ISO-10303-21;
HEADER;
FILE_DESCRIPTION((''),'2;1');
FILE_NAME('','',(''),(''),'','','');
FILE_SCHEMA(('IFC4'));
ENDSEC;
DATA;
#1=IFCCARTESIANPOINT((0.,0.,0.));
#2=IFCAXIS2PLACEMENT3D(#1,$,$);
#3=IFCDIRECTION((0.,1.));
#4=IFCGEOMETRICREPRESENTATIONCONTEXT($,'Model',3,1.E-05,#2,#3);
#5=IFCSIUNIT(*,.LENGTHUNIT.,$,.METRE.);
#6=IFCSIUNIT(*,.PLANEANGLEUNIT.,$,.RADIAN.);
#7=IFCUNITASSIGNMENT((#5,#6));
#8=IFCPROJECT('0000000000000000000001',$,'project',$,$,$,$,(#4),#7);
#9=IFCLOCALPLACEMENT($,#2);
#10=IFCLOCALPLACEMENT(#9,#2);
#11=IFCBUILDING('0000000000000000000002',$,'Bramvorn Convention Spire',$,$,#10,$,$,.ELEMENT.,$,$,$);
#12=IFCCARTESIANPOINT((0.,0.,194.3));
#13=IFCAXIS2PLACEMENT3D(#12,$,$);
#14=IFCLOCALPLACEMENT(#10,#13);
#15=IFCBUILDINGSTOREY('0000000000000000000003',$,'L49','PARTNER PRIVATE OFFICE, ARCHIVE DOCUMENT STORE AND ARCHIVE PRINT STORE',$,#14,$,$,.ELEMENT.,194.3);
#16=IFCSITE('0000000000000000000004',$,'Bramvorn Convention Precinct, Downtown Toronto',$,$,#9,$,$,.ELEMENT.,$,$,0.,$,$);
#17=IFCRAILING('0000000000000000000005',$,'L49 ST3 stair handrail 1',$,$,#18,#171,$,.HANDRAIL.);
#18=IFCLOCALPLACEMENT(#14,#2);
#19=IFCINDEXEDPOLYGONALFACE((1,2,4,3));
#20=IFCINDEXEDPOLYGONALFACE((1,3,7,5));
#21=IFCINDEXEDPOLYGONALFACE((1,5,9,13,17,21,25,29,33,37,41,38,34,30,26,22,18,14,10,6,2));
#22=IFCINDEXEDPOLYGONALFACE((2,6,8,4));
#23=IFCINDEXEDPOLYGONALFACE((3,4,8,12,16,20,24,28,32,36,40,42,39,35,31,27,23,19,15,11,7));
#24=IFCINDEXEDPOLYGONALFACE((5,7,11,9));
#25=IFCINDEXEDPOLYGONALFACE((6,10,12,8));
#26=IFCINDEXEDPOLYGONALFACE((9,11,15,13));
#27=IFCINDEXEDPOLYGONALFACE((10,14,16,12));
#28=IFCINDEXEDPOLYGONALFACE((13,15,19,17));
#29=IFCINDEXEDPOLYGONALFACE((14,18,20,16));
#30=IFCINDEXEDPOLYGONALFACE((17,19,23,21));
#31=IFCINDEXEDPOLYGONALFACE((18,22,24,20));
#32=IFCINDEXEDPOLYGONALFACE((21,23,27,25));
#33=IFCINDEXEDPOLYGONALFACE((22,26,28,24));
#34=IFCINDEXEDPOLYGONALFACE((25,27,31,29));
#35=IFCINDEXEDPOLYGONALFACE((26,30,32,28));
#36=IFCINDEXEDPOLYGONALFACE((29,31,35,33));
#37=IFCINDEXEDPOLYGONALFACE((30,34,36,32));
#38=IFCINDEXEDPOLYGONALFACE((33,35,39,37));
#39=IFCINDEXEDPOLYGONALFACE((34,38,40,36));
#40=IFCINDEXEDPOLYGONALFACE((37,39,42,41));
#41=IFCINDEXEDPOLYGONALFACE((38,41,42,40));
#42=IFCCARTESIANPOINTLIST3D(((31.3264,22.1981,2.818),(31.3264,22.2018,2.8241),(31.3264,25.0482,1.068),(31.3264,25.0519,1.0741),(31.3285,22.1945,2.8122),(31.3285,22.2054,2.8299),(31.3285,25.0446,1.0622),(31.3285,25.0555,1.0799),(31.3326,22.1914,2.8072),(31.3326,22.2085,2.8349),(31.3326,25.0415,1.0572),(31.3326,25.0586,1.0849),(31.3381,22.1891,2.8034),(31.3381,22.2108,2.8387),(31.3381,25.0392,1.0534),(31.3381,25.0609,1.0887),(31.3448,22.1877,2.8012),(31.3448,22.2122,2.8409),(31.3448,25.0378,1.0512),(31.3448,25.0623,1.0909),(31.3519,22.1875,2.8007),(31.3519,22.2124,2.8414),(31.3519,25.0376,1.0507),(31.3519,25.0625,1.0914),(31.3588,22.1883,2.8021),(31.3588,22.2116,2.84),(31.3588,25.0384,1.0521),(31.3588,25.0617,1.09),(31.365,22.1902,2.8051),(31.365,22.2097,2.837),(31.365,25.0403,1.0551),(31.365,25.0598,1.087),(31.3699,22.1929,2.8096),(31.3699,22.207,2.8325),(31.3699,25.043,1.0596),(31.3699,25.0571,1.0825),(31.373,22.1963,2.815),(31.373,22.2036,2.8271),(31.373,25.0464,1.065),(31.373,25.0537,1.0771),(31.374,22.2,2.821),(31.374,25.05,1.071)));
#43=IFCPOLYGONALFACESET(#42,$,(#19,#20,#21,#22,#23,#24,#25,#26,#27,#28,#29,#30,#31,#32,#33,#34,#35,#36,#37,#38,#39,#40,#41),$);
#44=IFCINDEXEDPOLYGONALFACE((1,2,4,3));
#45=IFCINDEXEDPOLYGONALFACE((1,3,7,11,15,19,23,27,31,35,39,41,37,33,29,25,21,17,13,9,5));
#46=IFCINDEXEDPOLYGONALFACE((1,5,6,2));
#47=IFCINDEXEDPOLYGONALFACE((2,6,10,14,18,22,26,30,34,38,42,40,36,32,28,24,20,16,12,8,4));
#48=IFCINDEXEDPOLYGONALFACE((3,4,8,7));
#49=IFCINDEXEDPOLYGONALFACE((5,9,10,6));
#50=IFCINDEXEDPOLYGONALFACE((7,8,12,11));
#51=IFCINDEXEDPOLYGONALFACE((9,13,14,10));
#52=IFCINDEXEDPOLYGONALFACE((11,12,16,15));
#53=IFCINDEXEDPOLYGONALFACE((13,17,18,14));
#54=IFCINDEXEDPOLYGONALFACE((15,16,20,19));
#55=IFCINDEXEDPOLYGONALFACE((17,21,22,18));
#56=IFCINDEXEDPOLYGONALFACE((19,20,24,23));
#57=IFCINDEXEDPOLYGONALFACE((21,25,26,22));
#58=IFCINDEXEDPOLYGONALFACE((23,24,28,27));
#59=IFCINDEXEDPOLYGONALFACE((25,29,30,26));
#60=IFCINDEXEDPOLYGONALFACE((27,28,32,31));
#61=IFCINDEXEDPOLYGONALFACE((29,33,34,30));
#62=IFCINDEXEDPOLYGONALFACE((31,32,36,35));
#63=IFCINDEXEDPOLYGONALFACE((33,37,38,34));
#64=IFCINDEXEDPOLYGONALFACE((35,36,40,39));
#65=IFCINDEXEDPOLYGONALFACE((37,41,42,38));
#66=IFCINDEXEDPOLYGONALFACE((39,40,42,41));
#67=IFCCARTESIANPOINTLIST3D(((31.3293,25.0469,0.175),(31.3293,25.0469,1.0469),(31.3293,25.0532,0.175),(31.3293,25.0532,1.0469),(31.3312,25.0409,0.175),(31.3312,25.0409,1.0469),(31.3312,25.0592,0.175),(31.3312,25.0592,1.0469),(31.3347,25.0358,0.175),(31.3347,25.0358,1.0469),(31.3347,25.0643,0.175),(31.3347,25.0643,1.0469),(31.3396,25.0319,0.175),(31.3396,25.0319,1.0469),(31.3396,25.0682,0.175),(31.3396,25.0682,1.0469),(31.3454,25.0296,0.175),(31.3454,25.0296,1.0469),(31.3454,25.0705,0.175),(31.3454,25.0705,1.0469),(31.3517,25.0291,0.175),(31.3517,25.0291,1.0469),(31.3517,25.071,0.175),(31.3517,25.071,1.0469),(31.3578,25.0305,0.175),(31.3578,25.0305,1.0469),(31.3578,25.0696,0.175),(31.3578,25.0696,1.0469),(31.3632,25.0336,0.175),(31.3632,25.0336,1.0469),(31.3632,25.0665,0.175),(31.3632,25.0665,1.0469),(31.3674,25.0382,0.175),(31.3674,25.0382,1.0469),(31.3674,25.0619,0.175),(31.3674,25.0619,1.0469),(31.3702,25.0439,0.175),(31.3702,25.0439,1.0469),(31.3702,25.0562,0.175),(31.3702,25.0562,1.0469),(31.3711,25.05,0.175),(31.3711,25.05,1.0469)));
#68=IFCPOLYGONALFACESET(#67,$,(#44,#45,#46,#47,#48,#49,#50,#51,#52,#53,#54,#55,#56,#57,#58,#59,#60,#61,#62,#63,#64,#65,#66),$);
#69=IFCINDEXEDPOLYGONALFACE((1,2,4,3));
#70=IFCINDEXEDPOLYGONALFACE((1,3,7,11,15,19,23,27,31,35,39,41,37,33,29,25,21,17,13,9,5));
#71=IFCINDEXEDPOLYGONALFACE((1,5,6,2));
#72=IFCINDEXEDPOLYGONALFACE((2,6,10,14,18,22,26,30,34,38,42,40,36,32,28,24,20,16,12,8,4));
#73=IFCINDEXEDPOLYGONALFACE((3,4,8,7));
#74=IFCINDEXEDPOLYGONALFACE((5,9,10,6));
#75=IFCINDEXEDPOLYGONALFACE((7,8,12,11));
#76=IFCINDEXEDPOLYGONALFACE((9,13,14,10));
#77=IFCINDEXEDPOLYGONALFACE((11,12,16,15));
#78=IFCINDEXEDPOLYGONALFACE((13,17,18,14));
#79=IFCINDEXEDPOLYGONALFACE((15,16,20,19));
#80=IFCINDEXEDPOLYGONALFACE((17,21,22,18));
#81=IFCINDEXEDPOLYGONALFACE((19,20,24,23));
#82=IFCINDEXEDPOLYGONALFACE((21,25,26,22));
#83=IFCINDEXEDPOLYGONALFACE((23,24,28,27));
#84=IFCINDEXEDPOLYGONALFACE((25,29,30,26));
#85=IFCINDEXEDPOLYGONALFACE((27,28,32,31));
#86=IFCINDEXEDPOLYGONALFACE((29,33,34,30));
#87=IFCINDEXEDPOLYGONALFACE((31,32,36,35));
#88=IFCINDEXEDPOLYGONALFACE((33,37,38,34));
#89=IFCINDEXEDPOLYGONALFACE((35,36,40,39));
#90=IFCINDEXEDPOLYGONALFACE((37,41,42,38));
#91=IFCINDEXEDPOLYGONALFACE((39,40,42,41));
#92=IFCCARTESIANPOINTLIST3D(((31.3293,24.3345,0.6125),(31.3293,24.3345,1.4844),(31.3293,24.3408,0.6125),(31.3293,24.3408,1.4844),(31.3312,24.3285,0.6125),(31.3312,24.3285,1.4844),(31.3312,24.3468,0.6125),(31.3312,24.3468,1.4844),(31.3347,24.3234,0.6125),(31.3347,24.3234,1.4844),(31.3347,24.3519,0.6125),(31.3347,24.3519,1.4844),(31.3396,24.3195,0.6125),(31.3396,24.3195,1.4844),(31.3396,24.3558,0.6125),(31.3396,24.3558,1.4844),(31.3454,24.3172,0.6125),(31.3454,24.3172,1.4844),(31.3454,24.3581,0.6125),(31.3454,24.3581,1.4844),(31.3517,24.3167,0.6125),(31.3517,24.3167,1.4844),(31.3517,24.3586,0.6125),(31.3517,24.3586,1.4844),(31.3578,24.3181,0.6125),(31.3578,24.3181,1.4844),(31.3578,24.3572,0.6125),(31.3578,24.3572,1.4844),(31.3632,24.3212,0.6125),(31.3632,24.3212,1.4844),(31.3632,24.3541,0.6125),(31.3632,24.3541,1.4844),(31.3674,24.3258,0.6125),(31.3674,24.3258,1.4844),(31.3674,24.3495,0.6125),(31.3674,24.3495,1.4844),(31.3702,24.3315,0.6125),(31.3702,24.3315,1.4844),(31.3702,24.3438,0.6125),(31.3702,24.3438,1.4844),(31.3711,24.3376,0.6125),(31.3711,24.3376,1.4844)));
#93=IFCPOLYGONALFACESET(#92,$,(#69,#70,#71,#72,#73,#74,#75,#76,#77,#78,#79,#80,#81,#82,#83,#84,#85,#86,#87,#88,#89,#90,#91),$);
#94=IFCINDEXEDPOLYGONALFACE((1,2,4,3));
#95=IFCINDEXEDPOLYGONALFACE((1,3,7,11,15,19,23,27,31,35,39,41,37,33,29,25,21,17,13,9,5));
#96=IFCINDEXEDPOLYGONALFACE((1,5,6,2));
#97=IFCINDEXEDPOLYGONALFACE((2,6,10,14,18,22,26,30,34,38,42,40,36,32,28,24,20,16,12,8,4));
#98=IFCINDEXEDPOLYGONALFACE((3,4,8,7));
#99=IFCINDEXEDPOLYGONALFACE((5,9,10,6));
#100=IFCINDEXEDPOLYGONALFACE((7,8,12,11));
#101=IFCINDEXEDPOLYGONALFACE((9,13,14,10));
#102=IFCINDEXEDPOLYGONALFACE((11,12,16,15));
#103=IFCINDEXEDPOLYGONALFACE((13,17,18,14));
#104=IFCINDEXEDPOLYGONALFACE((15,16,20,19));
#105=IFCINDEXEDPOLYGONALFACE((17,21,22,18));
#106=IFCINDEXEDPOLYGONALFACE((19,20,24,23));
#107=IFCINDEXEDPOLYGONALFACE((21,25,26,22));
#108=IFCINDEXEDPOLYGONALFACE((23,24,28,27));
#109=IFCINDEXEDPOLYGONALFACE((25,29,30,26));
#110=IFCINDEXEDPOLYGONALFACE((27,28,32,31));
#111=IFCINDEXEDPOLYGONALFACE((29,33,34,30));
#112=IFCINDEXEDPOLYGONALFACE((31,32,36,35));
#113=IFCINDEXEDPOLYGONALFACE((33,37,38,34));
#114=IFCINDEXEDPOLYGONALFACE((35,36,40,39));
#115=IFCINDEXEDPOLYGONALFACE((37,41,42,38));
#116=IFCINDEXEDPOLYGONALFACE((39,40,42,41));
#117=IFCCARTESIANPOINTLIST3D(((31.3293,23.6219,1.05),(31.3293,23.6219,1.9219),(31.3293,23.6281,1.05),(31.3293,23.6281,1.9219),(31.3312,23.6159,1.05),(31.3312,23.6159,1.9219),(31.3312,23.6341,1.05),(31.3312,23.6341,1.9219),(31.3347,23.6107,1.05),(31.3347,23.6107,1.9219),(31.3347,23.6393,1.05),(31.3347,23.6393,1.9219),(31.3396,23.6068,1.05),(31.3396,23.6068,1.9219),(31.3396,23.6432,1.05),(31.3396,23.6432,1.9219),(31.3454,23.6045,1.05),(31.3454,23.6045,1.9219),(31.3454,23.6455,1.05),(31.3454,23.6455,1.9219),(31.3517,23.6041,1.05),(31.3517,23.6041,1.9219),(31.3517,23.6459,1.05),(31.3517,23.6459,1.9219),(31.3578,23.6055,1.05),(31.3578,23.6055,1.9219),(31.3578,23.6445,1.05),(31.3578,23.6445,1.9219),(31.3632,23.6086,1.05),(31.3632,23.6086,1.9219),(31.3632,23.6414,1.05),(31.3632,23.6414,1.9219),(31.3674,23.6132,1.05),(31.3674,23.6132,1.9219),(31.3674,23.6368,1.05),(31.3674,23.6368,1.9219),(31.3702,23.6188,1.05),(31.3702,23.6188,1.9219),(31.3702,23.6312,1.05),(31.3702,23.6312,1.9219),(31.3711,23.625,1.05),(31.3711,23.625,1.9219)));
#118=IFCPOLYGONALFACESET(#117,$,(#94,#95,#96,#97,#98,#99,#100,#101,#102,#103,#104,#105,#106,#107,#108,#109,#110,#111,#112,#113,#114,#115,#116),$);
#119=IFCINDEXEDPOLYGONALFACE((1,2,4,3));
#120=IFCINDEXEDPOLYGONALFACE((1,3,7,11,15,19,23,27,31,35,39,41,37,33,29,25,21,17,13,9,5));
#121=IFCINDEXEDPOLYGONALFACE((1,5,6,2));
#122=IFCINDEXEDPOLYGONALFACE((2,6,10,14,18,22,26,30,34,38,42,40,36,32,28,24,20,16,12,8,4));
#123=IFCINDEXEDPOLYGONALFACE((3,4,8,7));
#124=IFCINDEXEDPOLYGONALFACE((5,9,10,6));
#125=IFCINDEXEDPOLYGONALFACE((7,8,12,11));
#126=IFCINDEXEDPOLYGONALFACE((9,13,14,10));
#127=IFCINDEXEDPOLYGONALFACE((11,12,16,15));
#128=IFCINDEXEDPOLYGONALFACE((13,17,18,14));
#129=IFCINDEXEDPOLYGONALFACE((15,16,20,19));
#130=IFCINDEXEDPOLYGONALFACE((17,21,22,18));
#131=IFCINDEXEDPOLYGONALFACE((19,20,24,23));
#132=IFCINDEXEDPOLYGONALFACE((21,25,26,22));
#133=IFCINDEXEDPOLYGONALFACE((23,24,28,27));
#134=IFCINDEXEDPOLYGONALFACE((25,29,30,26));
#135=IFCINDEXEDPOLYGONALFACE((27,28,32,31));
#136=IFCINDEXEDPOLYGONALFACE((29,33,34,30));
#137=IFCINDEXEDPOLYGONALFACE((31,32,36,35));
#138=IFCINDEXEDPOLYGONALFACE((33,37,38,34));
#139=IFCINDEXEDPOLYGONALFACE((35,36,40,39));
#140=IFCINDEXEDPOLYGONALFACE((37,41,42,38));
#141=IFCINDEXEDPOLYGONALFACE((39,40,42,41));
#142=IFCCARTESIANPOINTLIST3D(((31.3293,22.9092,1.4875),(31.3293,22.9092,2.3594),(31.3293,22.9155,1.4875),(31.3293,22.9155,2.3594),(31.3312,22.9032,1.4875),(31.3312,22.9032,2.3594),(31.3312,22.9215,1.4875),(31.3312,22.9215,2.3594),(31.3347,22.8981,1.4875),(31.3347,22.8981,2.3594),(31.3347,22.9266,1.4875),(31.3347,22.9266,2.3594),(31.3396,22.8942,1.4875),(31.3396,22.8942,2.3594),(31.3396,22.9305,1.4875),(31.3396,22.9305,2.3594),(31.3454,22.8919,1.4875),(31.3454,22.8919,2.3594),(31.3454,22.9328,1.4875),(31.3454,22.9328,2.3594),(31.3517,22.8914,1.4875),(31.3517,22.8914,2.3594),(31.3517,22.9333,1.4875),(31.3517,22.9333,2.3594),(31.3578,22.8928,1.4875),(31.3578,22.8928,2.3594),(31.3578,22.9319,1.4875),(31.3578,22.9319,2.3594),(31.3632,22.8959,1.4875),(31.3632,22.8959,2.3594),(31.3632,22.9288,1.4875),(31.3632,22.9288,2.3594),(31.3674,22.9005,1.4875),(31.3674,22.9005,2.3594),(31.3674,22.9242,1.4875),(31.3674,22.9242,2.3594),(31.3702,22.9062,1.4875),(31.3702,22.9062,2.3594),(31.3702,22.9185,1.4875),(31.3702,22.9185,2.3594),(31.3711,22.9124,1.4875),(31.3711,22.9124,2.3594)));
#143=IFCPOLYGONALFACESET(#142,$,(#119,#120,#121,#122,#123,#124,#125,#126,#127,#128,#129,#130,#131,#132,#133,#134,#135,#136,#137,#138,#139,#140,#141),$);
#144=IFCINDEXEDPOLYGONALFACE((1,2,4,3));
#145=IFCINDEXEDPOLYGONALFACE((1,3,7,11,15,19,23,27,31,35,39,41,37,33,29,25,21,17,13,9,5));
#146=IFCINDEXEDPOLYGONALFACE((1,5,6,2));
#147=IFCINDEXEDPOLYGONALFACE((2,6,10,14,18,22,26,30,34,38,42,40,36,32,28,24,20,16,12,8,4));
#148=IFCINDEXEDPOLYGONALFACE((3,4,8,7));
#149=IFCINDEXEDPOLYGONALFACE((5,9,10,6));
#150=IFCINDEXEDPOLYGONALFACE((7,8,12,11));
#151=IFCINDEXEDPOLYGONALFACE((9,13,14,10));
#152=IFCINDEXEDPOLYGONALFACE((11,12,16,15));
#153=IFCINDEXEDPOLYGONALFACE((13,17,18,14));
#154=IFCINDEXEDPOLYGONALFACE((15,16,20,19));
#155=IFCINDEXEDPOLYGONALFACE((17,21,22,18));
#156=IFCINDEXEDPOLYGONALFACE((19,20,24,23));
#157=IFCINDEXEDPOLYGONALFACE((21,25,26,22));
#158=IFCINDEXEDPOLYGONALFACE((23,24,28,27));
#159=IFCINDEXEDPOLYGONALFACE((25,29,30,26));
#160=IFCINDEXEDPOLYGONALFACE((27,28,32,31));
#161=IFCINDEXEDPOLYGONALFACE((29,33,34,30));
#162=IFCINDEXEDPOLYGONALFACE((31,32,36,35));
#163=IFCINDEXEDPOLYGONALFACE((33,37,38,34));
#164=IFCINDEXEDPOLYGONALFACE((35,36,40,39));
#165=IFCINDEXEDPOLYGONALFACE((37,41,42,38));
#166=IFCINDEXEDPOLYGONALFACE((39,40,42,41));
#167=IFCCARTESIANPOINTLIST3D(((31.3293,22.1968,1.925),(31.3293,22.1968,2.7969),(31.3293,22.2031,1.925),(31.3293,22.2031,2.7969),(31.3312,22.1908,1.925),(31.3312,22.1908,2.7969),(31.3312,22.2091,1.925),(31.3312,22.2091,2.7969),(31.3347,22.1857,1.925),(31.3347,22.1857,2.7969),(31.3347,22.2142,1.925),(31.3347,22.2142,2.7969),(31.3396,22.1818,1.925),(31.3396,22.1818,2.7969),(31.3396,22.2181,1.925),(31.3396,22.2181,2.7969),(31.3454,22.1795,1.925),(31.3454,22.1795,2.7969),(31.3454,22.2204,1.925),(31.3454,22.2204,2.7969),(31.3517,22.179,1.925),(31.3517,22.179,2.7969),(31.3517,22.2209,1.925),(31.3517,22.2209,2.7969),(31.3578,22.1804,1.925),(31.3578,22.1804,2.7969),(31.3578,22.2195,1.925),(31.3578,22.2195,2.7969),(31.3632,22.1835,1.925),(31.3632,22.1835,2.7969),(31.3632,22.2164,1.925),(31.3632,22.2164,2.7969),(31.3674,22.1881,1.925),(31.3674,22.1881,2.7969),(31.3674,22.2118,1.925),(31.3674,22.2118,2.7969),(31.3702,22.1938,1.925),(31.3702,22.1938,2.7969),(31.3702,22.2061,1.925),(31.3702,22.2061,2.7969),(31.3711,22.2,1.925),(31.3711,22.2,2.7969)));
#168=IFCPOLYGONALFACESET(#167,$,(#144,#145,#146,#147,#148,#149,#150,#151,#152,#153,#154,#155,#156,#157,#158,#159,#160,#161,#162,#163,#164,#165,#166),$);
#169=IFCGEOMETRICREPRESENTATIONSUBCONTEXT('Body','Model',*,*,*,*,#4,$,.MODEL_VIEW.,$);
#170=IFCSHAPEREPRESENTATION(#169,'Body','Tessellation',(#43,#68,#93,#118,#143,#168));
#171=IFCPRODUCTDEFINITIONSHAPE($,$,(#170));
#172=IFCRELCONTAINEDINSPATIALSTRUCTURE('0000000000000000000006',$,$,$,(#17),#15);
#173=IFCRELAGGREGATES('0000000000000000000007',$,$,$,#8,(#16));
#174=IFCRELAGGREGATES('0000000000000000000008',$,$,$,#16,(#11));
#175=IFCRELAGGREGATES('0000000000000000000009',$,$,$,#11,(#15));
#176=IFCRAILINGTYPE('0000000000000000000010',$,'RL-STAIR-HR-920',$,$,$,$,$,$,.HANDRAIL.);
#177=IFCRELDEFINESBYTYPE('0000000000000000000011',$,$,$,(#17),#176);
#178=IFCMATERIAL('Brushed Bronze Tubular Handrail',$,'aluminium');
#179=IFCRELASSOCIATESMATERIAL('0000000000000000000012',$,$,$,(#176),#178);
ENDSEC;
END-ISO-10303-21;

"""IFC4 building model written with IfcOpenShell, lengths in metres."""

from ifc_helpers import new_model, si_unit, direction, frame, origin, origin_2d, place, context, subcontext, project, spatial, circle, extrude, material, type_object, element, save


model = new_model("IFC4")

# Units and contexts
model_context = context("Model", 3, precision=1e-05, world=origin(), true_north=direction((0.0, 1.0)))
body_context = subcontext(model_context, "Body", "Model", "MODEL_VIEW")
ifc_project = project(units=[si_unit("LENGTHUNIT", "METRE"), si_unit("PLANEANGLEUNIT", "RADIAN")], contexts=[model_context])

# Site, building, storey
site_placement = place(None, origin())
site = spatial("IfcSite", under=ifc_project, at=site_placement, Name="Bramvorn Convention Precinct, Downtown Toronto", CompositionType="ELEMENT", RefElevation=0.0)
building_placement = place(site_placement, origin())
building = spatial("IfcBuilding", under=site, at=building_placement, Name="Bramvorn Convention Spire", CompositionType="ELEMENT")
storey_placement = place(building_placement, frame((0.0, 0.0, 194.3)))
storey = spatial("IfcBuildingStorey", under=building, at=storey_placement, Name="L49", Description="PARTNER PRIVATE OFFICE, ARCHIVE DOCUMENT STORE AND ARCHIVE PRINT STORE", CompositionType="ELEMENT", Elevation=194.3)

# Railing
ifc_material_1 = material(Name="Brushed Bronze Tubular Handrail", Category="aluminium")
railing_type_1 = type_object("IfcRailingType", Name="RL-STAIR-HR-920", PredefinedType="HANDRAIL", material=ifc_material_1)
railing_1_placement = place(storey_placement, frame((31.3501, 25.05, 0.175)))
element("IfcRailing", 1, at=railing_1_placement, inside=storey, type_object=railing_type_1, Name="L49 ST3 stair handrail 1", PredefinedType="HANDRAIL", context=body_context, shape_type="SweptSolid", body=[
    extrude(circle(Radius=0.0239, at=origin_2d()), frame((0.0, 0.0, 0.896), z_axis=(0.0, -0.852179, 0.52325), x_axis=(1.0, 0.0, 0.0)), (0.0, 0.0, 1.0), 3.3445),
    extrude(circle(Radius=0.021, at=origin_2d()), origin(), (0.0, 0.0, 1.0), 0.8718),
    extrude(circle(Radius=0.021, at=origin_2d()), frame((0.0, -0.7124, 0.4375)), (0.0, 0.0, 1.0), 0.8718),
    extrude(circle(Radius=0.021, at=origin_2d()), frame((0.0, -1.425, 0.875)), (0.0, 0.0, 1.0), 0.8718),
    extrude(circle(Radius=0.021, at=origin_2d()), frame((0.0, -2.1377, 1.3125)), (0.0, 0.0, 1.0), 0.8718),
    extrude(circle(Radius=0.021, at=origin_2d()), frame((0.0, -2.8501, 1.75)), (0.0, 0.0, 1.0), 0.8718),
])

save(model, "model.ifc")
